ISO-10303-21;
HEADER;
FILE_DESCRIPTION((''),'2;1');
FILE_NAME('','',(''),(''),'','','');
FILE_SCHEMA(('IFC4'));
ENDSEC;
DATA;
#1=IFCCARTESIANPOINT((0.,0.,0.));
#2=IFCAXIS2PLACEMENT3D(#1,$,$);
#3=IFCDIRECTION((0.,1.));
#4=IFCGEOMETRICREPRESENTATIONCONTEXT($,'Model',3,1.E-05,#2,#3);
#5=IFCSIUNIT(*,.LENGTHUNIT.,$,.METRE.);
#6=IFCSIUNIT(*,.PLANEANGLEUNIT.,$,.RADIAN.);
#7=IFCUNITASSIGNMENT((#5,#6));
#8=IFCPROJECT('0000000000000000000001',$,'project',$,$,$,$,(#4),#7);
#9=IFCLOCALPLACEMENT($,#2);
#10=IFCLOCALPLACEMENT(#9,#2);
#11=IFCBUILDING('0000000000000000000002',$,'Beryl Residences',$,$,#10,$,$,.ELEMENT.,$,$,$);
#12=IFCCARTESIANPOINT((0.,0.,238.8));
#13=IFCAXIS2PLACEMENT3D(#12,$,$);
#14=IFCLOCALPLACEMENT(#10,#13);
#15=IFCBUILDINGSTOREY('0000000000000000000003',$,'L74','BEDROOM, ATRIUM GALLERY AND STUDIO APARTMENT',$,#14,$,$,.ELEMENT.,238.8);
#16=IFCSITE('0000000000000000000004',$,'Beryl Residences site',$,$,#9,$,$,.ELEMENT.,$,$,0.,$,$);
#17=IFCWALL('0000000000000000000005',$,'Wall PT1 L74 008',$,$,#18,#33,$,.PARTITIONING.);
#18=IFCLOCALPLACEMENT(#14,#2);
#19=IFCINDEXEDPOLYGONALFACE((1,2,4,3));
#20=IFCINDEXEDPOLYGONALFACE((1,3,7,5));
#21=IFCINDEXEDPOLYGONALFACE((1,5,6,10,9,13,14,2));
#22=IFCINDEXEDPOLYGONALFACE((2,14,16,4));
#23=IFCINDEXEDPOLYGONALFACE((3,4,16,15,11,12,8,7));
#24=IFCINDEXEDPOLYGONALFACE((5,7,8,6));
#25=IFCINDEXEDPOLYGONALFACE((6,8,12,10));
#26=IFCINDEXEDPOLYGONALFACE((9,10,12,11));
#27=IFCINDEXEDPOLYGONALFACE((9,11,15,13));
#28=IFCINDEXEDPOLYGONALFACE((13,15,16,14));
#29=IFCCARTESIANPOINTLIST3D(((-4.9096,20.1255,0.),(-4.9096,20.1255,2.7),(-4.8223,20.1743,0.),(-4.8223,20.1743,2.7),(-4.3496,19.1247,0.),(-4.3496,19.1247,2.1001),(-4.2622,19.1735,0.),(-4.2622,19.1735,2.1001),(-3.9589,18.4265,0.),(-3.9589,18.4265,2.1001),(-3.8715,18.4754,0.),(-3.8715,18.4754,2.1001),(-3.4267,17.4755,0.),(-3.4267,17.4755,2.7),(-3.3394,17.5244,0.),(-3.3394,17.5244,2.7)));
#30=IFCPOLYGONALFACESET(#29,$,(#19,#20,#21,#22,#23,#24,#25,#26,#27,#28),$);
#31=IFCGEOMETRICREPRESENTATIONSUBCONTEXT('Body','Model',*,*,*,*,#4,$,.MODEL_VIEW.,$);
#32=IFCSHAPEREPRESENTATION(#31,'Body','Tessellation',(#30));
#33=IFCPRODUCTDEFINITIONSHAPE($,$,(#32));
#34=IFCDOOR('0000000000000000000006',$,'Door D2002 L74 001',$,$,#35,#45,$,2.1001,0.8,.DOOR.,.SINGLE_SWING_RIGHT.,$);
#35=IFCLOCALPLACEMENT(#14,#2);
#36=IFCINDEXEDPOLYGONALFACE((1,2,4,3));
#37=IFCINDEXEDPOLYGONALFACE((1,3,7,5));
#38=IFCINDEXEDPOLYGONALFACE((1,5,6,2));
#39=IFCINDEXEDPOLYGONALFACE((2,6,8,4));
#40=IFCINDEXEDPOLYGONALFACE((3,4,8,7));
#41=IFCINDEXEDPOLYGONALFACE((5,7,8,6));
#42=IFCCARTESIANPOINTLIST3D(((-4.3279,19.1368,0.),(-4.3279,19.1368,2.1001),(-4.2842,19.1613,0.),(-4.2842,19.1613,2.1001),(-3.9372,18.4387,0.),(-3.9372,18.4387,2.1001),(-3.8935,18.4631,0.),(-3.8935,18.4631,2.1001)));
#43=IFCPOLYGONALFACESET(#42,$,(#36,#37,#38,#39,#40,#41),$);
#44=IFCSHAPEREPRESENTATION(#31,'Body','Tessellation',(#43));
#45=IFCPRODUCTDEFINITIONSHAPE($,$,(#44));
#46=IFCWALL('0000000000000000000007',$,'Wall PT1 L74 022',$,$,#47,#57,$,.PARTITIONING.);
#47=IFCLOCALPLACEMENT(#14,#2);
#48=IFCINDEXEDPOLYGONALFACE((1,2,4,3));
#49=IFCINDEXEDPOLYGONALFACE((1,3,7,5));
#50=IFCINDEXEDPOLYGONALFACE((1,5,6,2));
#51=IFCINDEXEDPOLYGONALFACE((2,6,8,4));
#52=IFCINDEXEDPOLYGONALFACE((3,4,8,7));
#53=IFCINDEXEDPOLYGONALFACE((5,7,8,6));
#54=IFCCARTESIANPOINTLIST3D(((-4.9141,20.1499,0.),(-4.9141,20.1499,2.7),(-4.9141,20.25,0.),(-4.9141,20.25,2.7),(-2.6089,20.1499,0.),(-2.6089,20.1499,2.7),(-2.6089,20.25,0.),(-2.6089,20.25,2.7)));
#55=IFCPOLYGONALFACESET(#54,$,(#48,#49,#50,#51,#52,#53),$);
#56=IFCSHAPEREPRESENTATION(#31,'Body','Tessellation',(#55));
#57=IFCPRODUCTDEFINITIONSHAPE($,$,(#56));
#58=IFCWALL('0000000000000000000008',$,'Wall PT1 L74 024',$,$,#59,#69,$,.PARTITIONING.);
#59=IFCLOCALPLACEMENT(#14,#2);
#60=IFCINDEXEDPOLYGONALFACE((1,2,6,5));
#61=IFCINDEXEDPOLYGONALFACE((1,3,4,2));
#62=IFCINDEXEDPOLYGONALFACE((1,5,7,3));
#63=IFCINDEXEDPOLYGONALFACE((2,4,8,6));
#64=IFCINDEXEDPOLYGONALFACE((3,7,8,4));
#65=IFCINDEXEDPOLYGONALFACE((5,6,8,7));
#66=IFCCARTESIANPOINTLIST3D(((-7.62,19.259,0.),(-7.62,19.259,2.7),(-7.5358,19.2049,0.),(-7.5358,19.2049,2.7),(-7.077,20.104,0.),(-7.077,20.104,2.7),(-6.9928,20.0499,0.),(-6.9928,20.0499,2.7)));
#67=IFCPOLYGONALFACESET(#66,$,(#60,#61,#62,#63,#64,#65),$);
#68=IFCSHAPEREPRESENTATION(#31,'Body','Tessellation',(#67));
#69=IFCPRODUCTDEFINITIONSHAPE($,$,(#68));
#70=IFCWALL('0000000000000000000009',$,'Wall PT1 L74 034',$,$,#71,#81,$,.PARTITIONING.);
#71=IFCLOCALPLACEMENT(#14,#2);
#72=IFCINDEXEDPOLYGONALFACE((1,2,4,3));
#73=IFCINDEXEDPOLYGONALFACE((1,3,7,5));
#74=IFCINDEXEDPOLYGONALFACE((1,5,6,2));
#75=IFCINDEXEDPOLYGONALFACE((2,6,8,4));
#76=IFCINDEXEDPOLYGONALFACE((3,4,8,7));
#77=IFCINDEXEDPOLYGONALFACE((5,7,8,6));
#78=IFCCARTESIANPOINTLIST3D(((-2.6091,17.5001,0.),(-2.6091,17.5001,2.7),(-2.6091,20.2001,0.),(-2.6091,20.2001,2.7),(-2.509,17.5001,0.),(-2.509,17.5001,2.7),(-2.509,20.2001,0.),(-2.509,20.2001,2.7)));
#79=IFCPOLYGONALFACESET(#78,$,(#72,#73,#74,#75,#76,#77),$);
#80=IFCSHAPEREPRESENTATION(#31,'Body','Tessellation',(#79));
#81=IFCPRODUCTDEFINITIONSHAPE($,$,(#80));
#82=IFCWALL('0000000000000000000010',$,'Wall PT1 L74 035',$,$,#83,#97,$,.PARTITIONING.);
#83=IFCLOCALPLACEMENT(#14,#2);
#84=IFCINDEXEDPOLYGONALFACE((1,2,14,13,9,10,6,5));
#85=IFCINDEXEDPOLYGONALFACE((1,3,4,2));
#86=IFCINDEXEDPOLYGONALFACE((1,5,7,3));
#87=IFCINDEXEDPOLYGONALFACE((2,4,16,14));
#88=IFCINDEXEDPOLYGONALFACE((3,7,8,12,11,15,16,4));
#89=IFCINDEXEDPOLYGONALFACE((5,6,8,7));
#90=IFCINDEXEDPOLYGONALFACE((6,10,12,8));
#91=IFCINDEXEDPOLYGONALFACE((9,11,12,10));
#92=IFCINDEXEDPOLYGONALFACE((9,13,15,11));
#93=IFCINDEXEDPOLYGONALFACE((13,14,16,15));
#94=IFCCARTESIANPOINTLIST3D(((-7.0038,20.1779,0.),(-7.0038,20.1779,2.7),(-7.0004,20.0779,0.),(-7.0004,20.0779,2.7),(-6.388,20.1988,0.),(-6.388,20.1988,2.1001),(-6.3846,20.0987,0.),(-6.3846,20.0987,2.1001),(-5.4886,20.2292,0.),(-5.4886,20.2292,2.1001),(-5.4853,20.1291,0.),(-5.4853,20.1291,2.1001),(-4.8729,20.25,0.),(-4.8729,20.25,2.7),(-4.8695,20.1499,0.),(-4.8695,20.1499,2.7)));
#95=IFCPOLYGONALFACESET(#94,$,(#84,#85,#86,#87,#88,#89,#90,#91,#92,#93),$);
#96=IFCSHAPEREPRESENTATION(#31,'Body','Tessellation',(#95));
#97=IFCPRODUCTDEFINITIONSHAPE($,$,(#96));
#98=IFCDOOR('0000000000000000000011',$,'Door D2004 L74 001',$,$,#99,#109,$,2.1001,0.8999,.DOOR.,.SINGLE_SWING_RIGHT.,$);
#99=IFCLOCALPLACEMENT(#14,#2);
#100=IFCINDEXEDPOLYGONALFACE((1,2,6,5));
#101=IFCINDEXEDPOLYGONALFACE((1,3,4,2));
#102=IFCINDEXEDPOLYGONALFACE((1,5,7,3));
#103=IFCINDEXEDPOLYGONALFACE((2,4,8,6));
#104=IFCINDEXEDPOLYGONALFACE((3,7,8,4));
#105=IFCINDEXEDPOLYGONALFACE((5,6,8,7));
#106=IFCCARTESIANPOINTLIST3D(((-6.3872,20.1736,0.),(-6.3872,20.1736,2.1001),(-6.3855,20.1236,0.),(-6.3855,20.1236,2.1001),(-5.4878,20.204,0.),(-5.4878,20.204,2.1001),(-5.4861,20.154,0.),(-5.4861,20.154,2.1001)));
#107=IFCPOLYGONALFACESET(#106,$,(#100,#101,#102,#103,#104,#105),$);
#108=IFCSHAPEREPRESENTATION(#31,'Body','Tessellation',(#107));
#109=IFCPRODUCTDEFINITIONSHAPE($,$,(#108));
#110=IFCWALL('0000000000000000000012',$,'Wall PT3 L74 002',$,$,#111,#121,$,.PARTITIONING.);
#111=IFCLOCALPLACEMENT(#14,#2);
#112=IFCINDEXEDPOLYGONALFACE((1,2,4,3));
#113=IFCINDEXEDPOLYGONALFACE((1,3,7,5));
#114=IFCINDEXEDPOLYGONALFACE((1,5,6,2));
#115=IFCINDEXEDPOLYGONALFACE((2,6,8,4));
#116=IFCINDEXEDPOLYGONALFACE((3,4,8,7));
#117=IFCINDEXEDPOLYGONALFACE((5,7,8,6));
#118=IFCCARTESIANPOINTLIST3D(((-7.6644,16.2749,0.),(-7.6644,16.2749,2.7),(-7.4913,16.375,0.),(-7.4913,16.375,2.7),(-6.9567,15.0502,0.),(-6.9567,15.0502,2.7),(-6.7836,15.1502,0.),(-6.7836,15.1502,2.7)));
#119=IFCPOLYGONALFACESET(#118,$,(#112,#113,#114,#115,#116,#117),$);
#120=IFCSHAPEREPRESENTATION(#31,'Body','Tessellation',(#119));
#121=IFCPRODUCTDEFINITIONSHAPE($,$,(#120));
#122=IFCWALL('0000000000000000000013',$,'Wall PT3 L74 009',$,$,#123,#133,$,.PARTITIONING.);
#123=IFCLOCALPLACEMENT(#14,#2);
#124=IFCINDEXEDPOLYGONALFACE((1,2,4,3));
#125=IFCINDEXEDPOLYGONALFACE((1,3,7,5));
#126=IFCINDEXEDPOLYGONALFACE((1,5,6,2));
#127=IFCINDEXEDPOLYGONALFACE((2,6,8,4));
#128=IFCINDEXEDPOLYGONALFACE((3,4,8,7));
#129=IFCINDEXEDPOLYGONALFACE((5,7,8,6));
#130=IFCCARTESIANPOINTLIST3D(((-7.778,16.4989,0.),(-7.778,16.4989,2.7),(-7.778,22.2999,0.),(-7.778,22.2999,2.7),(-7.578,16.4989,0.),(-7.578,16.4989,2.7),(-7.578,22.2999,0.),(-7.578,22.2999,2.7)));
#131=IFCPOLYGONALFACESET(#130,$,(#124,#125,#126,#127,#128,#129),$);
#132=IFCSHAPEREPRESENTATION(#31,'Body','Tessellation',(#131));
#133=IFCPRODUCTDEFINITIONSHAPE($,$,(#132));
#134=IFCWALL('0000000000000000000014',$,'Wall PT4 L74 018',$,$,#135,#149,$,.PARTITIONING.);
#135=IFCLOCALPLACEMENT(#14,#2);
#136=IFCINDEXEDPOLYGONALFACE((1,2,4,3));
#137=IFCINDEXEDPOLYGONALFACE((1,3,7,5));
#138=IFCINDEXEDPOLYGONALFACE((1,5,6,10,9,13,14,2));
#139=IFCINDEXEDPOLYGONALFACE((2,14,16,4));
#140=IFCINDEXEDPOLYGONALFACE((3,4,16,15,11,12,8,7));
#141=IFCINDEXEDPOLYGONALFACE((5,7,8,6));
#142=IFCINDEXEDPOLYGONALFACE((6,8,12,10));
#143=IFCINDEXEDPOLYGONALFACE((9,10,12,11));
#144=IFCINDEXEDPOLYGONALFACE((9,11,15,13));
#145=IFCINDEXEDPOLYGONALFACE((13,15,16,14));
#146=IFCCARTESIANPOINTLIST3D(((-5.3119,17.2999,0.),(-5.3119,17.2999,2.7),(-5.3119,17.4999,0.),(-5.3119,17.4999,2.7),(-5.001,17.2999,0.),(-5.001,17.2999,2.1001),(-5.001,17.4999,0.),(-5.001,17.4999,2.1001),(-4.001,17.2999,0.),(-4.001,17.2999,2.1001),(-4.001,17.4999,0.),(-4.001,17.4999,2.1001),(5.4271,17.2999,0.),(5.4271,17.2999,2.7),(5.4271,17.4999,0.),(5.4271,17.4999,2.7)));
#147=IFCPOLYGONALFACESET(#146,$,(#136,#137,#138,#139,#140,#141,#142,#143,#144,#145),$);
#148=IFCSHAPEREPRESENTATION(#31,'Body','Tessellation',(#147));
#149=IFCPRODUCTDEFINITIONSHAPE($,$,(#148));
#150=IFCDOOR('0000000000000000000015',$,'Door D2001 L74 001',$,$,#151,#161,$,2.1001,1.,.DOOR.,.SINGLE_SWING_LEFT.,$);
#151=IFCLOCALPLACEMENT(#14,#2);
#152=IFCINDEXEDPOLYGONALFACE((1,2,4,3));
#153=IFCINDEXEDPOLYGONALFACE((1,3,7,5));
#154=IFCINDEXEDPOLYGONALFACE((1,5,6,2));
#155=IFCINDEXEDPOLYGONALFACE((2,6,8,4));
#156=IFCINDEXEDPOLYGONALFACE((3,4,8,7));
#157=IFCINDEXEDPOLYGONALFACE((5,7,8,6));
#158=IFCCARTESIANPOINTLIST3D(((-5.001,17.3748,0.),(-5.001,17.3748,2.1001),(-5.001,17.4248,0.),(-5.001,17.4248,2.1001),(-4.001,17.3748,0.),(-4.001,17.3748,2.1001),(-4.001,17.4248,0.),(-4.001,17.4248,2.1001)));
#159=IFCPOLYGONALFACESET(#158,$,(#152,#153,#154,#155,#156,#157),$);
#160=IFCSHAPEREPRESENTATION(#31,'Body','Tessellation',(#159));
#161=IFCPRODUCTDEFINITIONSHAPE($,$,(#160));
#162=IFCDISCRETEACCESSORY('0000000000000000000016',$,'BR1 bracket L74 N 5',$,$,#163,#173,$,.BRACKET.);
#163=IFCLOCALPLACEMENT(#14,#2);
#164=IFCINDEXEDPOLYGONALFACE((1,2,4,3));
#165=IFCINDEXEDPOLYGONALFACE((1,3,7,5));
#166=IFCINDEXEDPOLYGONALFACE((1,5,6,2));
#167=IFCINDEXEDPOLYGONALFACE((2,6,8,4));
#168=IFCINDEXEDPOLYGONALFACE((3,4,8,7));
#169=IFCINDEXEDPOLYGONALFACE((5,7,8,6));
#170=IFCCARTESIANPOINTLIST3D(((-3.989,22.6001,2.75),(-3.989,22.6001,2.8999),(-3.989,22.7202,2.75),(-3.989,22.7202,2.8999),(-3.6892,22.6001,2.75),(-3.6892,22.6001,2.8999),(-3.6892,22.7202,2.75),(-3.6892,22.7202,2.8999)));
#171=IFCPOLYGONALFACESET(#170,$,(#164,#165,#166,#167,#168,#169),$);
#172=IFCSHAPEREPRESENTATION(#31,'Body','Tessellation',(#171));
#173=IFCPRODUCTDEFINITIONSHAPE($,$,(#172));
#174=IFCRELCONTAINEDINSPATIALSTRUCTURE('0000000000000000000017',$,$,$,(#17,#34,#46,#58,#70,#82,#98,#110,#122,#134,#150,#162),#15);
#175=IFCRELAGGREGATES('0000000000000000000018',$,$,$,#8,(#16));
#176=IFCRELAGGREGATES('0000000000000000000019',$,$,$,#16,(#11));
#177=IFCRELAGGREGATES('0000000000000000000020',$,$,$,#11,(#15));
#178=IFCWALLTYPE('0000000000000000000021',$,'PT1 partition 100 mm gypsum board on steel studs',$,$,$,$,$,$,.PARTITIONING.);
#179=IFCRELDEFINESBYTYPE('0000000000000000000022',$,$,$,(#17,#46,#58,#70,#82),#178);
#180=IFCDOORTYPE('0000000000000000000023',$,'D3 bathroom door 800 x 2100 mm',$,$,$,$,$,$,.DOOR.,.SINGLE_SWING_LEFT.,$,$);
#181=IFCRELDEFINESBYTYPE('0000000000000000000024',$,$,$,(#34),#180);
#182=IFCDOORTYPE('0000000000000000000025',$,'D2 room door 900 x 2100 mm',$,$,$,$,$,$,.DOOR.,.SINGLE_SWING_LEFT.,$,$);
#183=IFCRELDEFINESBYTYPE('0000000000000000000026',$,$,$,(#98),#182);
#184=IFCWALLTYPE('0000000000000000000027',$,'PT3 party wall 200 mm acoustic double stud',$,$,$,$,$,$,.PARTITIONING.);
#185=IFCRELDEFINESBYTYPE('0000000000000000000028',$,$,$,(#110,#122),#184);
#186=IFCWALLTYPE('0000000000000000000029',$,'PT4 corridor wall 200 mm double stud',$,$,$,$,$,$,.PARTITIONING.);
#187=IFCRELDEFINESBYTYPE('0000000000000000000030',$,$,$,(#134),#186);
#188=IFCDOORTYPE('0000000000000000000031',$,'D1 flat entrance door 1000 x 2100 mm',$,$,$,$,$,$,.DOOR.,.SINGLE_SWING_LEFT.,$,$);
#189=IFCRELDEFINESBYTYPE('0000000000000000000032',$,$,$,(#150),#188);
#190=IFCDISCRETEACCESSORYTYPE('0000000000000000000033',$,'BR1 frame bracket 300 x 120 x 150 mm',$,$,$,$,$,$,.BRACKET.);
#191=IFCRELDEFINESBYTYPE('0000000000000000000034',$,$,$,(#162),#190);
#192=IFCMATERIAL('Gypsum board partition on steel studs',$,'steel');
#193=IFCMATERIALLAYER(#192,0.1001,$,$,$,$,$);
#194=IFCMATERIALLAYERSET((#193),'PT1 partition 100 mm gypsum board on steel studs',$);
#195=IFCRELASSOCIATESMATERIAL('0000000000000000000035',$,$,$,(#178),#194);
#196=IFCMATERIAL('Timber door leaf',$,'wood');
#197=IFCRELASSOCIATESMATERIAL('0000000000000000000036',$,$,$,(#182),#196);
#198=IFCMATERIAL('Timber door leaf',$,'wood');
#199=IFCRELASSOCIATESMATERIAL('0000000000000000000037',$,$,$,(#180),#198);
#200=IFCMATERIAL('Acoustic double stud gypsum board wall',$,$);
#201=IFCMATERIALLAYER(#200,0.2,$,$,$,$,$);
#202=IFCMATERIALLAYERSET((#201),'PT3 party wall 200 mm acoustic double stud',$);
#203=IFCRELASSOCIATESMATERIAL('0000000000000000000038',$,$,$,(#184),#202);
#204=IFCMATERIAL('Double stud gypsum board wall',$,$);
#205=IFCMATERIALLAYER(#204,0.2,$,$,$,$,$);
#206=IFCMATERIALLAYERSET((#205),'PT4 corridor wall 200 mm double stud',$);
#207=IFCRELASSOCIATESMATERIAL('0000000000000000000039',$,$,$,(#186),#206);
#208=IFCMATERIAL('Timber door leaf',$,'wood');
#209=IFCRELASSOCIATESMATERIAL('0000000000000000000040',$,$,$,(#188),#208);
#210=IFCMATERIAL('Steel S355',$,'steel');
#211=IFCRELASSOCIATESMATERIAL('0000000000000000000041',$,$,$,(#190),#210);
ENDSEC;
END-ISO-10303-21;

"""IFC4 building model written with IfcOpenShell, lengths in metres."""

from ifc_helpers import new_model, si_unit, direction, frame, frame_2d, origin, place, context, subcontext, project, spatial, polyline, rectangle, outline, extrude, source, transform, mapped, material, layer, layer_set, type_object, type_shapes, element, fill, save


model = new_model("IFC4")

# Units and contexts
model_context = context("Model", 3, precision=1e-05, world=origin(), true_north=direction((0.0, 1.0)))
body_context = subcontext(model_context, "Body", "Model", "MODEL_VIEW")
ifc_project = project(units=[si_unit("LENGTHUNIT", "METRE"), si_unit("PLANEANGLEUNIT", "RADIAN")], contexts=[model_context])

# Site, building, storey
site_placement = place(None, origin())
site = spatial("IfcSite", under=ifc_project, at=site_placement, Name="Beryl Residences site", CompositionType="ELEMENT", RefElevation=0.0)
building_placement = place(site_placement, origin())
building = spatial("IfcBuilding", under=site, at=building_placement, Name="Beryl Residences", CompositionType="ELEMENT")
storey_placement = place(building_placement, frame((0.0, 0.0, 238.8)))
storey = spatial("IfcBuildingStorey", under=building, at=storey_placement, Name="L74", Description="BEDROOM, ATRIUM GALLERY AND STUDIO APARTMENT", CompositionType="ELEMENT", Elevation=238.8)

# Wall, opening, door
ifc_material_1 = material(Name="Gypsum board partition on steel studs", Category="steel")
ifc_layer_1 = layer(ifc_material_1, 0.1001)
ifc_layer_set_1 = layer_set([ifc_layer_1], Name="PT1 partition 100 mm gypsum board on steel studs")
wall_type_1 = type_object("IfcWallType", Name="PT1 partition 100 mm gypsum board on steel studs", PredefinedType="PARTITIONING", material=ifc_layer_set_1)
ifc_material_2 = material(Name="Timber door leaf", Category="wood")
door_type_1 = type_object("IfcDoorType", Name="D2 room door 900 x 2100 mm", OperationType="SINGLE_SWING_LEFT", PredefinedType="DOOR", material=ifc_material_2)
wall_1_placement = place(storey_placement, frame((-4.866, 20.1499, 0.0), z_axis=(0.0, 0.0, 1.0), x_axis=(0.488344, -0.872651, 0.0)))
wall_1 = element("IfcWall", 1, at=wall_1_placement, inside=storey, type_object=wall_type_1, Name="Wall PT1 L74 008", PredefinedType="PARTITIONING", context=body_context, shape_type="SweptSolid", body=[
    extrude(rectangle(XDim=3.0366, YDim=0.1001, at=frame_2d((1.5183, 0.0))), origin(), (0.0, 0.0, 1.0), 2.7),
])
opening_1_placement = place(wall_1_placement, frame((1.147, 0.0, 0.0)))
opening_1 = element("IfcOpeningElement", 2, at=opening_1_placement, cuts=wall_1, PredefinedType="OPENING", context=body_context, shape_type="SweptSolid", body=[
    extrude(rectangle(XDim=0.8, YDim=2.1001, at=frame_2d((0.3999, 1.05))), frame((0.0, 0.0601, 0.0), z_axis=(0.0, -1.0, 0.0), x_axis=(1.0, 0.0, 0.0)), (0.0, 0.0, 1.0), 0.1201),
])
ifc_material_3 = material(Name="Timber door leaf", Category="wood")
door_type_2 = type_object("IfcDoorType", Name="D3 bathroom door 800 x 2100 mm", OperationType="SINGLE_SWING_LEFT", PredefinedType="DOOR", material=ifc_material_3)
door_1_placement = place(opening_1_placement, origin())
door_1 = element("IfcDoor", 3, at=door_1_placement, inside=storey, type_object=door_type_2, Name="Door D2002 L74 001", OperationType="SINGLE_SWING_RIGHT", OverallHeight=2.1001, OverallWidth=0.8, PredefinedType="DOOR", context=body_context, shape_type="SweptSolid", body=[
    extrude(rectangle(XDim=0.8, YDim=2.1001, at=frame_2d((0.3999, 1.05))), frame((0.0, 0.0249, 0.0), z_axis=(0.0, -1.0, 0.0), x_axis=(1.0, 0.0, 0.0)), (0.0, 0.0, 1.0), 0.05),
])
fill(opening_1, door_1)

# Walls
wall_2_placement = place(storey_placement, frame((-4.9141, 20.2, 0.0), z_axis=(0.0, 0.0, 1.0), x_axis=(1.0, 0.0, 0.0)))
element("IfcWall", 4, at=wall_2_placement, inside=storey, type_object=wall_type_1, Name="Wall PT1 L74 022", PredefinedType="PARTITIONING", context=body_context, shape_type="SweptSolid", body=[
    extrude(rectangle(XDim=2.3052, YDim=0.1001, at=frame_2d((1.1526, 0.0))), origin(), (0.0, 0.0, 1.0), 2.7),
])
wall_3_placement = place(storey_placement, frame((-7.5779, 19.2319, 0.0), z_axis=(0.0, 0.0, 1.0), x_axis=(0.540598, 0.841281, 0.0)))
element("IfcWall", 5, at=wall_3_placement, inside=storey, type_object=wall_type_1, Name="Wall PT1 L74 024", PredefinedType="PARTITIONING", context=body_context, shape_type="SweptSolid", body=[
    extrude(rectangle(XDim=1.0044, YDim=0.1001, at=frame_2d((0.5022, 0.0))), origin(), (0.0, 0.0, 1.0), 2.7),
])
wall_4_placement = place(storey_placement, frame((-2.5591, 17.5, 0.0), z_axis=(0.0, 0.0, 1.0), x_axis=(0.0, 1.0, 0.0)))
element("IfcWall", 6, at=wall_4_placement, inside=storey, type_object=wall_type_1, Name="Wall PT1 L74 034", PredefinedType="PARTITIONING", context=body_context, shape_type="SweptSolid", body=[
    extrude(rectangle(XDim=2.7, YDim=0.1001, at=frame_2d((1.3501, 0.0))), origin(), (0.0, 0.0, 1.0), 2.7),
])

# Wall, opening, door
wall_5_placement = place(storey_placement, frame((-7.002, 20.1279, 0.0), z_axis=(0.0, 0.0, 1.0), x_axis=(0.999429, 0.03378, 0.0)))
wall_5 = element("IfcWall", 7, at=wall_5_placement, inside=storey, type_object=wall_type_1, Name="Wall PT1 L74 035", PredefinedType="PARTITIONING", context=body_context, shape_type="SweptSolid", body=[
    extrude(rectangle(XDim=2.1321, YDim=0.1001, at=frame_2d((1.0659, 0.0))), origin(), (0.0, 0.0, 1.0), 2.7),
])
opening_2_placement = place(wall_5_placement, frame((0.616, 0.0, 0.0)))
opening_2 = element("IfcOpeningElement", 8, at=opening_2_placement, cuts=wall_5, PredefinedType="OPENING", context=body_context, shape_type="SweptSolid", body=[
    extrude(rectangle(XDim=0.8999, YDim=2.1001, at=frame_2d((0.45, 1.05))), frame((0.0, 0.0601, 0.0), z_axis=(0.0, -1.0, 0.0), x_axis=(1.0, 0.0, 0.0)), (0.0, 0.0, 1.0), 0.1201),
])
door_2_placement = place(opening_2_placement, origin())
door_2 = element("IfcDoor", 9, at=door_2_placement, inside=storey, type_object=door_type_1, Name="Door D2004 L74 001", OperationType="SINGLE_SWING_RIGHT", OverallHeight=2.1001, OverallWidth=0.8999, PredefinedType="DOOR", context=body_context, shape_type="SweptSolid", body=[
    extrude(rectangle(XDim=0.8999, YDim=2.1001, at=frame_2d((0.45, 1.05))), frame((0.0, 0.0249, 0.0), z_axis=(0.0, -1.0, 0.0), x_axis=(1.0, 0.0, 0.0)), (0.0, 0.0, 1.0), 0.05),
])
fill(opening_2, door_2)

# Walls
ifc_material_4 = material(Name="Acoustic double stud gypsum board wall")
ifc_layer_2 = layer(ifc_material_4, 0.2)
ifc_layer_set_2 = layer_set([ifc_layer_2], Name="PT3 party wall 200 mm acoustic double stud")
wall_type_2 = type_object("IfcWallType", Name="PT3 party wall 200 mm acoustic double stud", PredefinedType="PARTITIONING", material=ifc_layer_set_2)
wall_6_placement = place(storey_placement, frame((-7.5779, 16.325, 0.0), z_axis=(0.0, 0.0, 1.0), x_axis=(0.500315, -0.865843, 0.0)))
element("IfcWall", 10, at=wall_6_placement, inside=storey, type_object=wall_type_2, Name="Wall PT3 L74 002", PredefinedType="PARTITIONING", context=body_context, shape_type="SweptSolid", body=[
    extrude(rectangle(XDim=1.4146, YDim=0.2, at=frame_2d((0.7073, 0.0))), origin(), (0.0, 0.0, 1.0), 2.7),
])
wall_7_placement = place(storey_placement, frame((-7.678, 16.499, 0.0), z_axis=(0.0, 0.0, 1.0), x_axis=(0.0, 1.0, 0.0)))
element("IfcWall", 11, at=wall_7_placement, inside=storey, type_object=wall_type_2, Name="Wall PT3 L74 009", PredefinedType="PARTITIONING", context=body_context, shape_type="SweptSolid", body=[
    extrude(rectangle(XDim=5.801, YDim=0.2, at=frame_2d((2.9004, 0.0))), origin(), (0.0, 0.0, 1.0), 2.7),
])

# Wall, opening, door
ifc_material_5 = material(Name="Double stud gypsum board wall")
ifc_layer_3 = layer(ifc_material_5, 0.2)
ifc_layer_set_3 = layer_set([ifc_layer_3], Name="PT4 corridor wall 200 mm double stud")
wall_type_3 = type_object("IfcWallType", Name="PT4 corridor wall 200 mm double stud", PredefinedType="PARTITIONING", material=ifc_layer_set_3)
wall_8_placement = place(storey_placement, frame((-5.312, 17.3999, 0.0), z_axis=(0.0, 0.0, 1.0), x_axis=(1.0, 0.0, 0.0)))
wall_8 = element("IfcWall", 12, at=wall_8_placement, inside=storey, type_object=wall_type_3, Name="Wall PT4 L74 018", PredefinedType="PARTITIONING", context=body_context, shape_type="SweptSolid", body=[
    extrude(rectangle(XDim=10.739, YDim=0.2, at=frame_2d((5.3696, 0.0))), origin(), (0.0, 0.0, 1.0), 2.7),
])
opening_3_placement = place(wall_8_placement, frame((0.311, 0.0, 0.0)))
opening_3 = element("IfcOpeningElement", 13, at=opening_3_placement, cuts=wall_8, PredefinedType="OPENING", context=body_context, shape_type="SweptSolid", body=[
    extrude(rectangle(XDim=1.0, YDim=2.1001, at=frame_2d((0.5, 1.05))), frame((0.0, 0.1099, 0.0), z_axis=(0.0, -1.0, 0.0), x_axis=(1.0, 0.0, 0.0)), (0.0, 0.0, 1.0), 0.22),
])
ifc_material_6 = material(Name="Timber door leaf", Category="wood")
door_type_3 = type_object("IfcDoorType", Name="D1 flat entrance door 1000 x 2100 mm", OperationType="SINGLE_SWING_LEFT", PredefinedType="DOOR", material=ifc_material_6)
door_3_placement = place(opening_3_placement, origin())
door_3 = element("IfcDoor", 14, at=door_3_placement, inside=storey, type_object=door_type_3, Name="Door D2001 L74 001", OperationType="SINGLE_SWING_LEFT", OverallHeight=2.1001, OverallWidth=1.0, PredefinedType="DOOR", context=body_context, shape_type="SweptSolid", body=[
    extrude(rectangle(XDim=1.0, YDim=2.1001, at=frame_2d((0.5, 1.05))), frame((0.0, 0.0249, 0.0), z_axis=(0.0, -1.0, 0.0), x_axis=(1.0, 0.0, 0.0)), (0.0, 0.0, 1.0), 0.05),
])
fill(opening_3, door_3)

# Discrete accessory
ifc_material_7 = material(Name="Steel S355", Category="steel")
discrete_accessory_type = type_object("IfcDiscreteAccessoryType", Name="BR1 frame bracket 300 x 120 x 150 mm", PredefinedType="BRACKET", material=ifc_material_7)
shared_shape_1 = source(origin(), body_context, "Body", "SweptSolid", [
    extrude(outline(polyline([(-0.1499, 0.0), (0.1499, 0.0), (0.1499, 0.1201), (-0.1499, 0.1201), (-0.1499, 0.0)])), origin(), (0.0, 0.0, 1.0), 0.1499),
])
type_shapes(discrete_accessory_type, [shared_shape_1])
for number, where, z_axis, x_axis, name in (
    (15, (-3.8391, 22.6001, 2.75), (0.0, 0.0, 1.0), (1.0, 0.0, 0.0), "BR1 bracket L74 N 5"),
):
    element("IfcDiscreteAccessory", number, at=place(storey_placement, frame(where, z_axis=z_axis, x_axis=x_axis)), inside=storey, type_object=discrete_accessory_type, Name=name, PredefinedType="BRACKET", context=body_context, shape_type="MappedRepresentation", body=[
        mapped(shared_shape_1, transform((0.0, 0.0, 0.0))),
    ])

save(model, "model.ifc")
